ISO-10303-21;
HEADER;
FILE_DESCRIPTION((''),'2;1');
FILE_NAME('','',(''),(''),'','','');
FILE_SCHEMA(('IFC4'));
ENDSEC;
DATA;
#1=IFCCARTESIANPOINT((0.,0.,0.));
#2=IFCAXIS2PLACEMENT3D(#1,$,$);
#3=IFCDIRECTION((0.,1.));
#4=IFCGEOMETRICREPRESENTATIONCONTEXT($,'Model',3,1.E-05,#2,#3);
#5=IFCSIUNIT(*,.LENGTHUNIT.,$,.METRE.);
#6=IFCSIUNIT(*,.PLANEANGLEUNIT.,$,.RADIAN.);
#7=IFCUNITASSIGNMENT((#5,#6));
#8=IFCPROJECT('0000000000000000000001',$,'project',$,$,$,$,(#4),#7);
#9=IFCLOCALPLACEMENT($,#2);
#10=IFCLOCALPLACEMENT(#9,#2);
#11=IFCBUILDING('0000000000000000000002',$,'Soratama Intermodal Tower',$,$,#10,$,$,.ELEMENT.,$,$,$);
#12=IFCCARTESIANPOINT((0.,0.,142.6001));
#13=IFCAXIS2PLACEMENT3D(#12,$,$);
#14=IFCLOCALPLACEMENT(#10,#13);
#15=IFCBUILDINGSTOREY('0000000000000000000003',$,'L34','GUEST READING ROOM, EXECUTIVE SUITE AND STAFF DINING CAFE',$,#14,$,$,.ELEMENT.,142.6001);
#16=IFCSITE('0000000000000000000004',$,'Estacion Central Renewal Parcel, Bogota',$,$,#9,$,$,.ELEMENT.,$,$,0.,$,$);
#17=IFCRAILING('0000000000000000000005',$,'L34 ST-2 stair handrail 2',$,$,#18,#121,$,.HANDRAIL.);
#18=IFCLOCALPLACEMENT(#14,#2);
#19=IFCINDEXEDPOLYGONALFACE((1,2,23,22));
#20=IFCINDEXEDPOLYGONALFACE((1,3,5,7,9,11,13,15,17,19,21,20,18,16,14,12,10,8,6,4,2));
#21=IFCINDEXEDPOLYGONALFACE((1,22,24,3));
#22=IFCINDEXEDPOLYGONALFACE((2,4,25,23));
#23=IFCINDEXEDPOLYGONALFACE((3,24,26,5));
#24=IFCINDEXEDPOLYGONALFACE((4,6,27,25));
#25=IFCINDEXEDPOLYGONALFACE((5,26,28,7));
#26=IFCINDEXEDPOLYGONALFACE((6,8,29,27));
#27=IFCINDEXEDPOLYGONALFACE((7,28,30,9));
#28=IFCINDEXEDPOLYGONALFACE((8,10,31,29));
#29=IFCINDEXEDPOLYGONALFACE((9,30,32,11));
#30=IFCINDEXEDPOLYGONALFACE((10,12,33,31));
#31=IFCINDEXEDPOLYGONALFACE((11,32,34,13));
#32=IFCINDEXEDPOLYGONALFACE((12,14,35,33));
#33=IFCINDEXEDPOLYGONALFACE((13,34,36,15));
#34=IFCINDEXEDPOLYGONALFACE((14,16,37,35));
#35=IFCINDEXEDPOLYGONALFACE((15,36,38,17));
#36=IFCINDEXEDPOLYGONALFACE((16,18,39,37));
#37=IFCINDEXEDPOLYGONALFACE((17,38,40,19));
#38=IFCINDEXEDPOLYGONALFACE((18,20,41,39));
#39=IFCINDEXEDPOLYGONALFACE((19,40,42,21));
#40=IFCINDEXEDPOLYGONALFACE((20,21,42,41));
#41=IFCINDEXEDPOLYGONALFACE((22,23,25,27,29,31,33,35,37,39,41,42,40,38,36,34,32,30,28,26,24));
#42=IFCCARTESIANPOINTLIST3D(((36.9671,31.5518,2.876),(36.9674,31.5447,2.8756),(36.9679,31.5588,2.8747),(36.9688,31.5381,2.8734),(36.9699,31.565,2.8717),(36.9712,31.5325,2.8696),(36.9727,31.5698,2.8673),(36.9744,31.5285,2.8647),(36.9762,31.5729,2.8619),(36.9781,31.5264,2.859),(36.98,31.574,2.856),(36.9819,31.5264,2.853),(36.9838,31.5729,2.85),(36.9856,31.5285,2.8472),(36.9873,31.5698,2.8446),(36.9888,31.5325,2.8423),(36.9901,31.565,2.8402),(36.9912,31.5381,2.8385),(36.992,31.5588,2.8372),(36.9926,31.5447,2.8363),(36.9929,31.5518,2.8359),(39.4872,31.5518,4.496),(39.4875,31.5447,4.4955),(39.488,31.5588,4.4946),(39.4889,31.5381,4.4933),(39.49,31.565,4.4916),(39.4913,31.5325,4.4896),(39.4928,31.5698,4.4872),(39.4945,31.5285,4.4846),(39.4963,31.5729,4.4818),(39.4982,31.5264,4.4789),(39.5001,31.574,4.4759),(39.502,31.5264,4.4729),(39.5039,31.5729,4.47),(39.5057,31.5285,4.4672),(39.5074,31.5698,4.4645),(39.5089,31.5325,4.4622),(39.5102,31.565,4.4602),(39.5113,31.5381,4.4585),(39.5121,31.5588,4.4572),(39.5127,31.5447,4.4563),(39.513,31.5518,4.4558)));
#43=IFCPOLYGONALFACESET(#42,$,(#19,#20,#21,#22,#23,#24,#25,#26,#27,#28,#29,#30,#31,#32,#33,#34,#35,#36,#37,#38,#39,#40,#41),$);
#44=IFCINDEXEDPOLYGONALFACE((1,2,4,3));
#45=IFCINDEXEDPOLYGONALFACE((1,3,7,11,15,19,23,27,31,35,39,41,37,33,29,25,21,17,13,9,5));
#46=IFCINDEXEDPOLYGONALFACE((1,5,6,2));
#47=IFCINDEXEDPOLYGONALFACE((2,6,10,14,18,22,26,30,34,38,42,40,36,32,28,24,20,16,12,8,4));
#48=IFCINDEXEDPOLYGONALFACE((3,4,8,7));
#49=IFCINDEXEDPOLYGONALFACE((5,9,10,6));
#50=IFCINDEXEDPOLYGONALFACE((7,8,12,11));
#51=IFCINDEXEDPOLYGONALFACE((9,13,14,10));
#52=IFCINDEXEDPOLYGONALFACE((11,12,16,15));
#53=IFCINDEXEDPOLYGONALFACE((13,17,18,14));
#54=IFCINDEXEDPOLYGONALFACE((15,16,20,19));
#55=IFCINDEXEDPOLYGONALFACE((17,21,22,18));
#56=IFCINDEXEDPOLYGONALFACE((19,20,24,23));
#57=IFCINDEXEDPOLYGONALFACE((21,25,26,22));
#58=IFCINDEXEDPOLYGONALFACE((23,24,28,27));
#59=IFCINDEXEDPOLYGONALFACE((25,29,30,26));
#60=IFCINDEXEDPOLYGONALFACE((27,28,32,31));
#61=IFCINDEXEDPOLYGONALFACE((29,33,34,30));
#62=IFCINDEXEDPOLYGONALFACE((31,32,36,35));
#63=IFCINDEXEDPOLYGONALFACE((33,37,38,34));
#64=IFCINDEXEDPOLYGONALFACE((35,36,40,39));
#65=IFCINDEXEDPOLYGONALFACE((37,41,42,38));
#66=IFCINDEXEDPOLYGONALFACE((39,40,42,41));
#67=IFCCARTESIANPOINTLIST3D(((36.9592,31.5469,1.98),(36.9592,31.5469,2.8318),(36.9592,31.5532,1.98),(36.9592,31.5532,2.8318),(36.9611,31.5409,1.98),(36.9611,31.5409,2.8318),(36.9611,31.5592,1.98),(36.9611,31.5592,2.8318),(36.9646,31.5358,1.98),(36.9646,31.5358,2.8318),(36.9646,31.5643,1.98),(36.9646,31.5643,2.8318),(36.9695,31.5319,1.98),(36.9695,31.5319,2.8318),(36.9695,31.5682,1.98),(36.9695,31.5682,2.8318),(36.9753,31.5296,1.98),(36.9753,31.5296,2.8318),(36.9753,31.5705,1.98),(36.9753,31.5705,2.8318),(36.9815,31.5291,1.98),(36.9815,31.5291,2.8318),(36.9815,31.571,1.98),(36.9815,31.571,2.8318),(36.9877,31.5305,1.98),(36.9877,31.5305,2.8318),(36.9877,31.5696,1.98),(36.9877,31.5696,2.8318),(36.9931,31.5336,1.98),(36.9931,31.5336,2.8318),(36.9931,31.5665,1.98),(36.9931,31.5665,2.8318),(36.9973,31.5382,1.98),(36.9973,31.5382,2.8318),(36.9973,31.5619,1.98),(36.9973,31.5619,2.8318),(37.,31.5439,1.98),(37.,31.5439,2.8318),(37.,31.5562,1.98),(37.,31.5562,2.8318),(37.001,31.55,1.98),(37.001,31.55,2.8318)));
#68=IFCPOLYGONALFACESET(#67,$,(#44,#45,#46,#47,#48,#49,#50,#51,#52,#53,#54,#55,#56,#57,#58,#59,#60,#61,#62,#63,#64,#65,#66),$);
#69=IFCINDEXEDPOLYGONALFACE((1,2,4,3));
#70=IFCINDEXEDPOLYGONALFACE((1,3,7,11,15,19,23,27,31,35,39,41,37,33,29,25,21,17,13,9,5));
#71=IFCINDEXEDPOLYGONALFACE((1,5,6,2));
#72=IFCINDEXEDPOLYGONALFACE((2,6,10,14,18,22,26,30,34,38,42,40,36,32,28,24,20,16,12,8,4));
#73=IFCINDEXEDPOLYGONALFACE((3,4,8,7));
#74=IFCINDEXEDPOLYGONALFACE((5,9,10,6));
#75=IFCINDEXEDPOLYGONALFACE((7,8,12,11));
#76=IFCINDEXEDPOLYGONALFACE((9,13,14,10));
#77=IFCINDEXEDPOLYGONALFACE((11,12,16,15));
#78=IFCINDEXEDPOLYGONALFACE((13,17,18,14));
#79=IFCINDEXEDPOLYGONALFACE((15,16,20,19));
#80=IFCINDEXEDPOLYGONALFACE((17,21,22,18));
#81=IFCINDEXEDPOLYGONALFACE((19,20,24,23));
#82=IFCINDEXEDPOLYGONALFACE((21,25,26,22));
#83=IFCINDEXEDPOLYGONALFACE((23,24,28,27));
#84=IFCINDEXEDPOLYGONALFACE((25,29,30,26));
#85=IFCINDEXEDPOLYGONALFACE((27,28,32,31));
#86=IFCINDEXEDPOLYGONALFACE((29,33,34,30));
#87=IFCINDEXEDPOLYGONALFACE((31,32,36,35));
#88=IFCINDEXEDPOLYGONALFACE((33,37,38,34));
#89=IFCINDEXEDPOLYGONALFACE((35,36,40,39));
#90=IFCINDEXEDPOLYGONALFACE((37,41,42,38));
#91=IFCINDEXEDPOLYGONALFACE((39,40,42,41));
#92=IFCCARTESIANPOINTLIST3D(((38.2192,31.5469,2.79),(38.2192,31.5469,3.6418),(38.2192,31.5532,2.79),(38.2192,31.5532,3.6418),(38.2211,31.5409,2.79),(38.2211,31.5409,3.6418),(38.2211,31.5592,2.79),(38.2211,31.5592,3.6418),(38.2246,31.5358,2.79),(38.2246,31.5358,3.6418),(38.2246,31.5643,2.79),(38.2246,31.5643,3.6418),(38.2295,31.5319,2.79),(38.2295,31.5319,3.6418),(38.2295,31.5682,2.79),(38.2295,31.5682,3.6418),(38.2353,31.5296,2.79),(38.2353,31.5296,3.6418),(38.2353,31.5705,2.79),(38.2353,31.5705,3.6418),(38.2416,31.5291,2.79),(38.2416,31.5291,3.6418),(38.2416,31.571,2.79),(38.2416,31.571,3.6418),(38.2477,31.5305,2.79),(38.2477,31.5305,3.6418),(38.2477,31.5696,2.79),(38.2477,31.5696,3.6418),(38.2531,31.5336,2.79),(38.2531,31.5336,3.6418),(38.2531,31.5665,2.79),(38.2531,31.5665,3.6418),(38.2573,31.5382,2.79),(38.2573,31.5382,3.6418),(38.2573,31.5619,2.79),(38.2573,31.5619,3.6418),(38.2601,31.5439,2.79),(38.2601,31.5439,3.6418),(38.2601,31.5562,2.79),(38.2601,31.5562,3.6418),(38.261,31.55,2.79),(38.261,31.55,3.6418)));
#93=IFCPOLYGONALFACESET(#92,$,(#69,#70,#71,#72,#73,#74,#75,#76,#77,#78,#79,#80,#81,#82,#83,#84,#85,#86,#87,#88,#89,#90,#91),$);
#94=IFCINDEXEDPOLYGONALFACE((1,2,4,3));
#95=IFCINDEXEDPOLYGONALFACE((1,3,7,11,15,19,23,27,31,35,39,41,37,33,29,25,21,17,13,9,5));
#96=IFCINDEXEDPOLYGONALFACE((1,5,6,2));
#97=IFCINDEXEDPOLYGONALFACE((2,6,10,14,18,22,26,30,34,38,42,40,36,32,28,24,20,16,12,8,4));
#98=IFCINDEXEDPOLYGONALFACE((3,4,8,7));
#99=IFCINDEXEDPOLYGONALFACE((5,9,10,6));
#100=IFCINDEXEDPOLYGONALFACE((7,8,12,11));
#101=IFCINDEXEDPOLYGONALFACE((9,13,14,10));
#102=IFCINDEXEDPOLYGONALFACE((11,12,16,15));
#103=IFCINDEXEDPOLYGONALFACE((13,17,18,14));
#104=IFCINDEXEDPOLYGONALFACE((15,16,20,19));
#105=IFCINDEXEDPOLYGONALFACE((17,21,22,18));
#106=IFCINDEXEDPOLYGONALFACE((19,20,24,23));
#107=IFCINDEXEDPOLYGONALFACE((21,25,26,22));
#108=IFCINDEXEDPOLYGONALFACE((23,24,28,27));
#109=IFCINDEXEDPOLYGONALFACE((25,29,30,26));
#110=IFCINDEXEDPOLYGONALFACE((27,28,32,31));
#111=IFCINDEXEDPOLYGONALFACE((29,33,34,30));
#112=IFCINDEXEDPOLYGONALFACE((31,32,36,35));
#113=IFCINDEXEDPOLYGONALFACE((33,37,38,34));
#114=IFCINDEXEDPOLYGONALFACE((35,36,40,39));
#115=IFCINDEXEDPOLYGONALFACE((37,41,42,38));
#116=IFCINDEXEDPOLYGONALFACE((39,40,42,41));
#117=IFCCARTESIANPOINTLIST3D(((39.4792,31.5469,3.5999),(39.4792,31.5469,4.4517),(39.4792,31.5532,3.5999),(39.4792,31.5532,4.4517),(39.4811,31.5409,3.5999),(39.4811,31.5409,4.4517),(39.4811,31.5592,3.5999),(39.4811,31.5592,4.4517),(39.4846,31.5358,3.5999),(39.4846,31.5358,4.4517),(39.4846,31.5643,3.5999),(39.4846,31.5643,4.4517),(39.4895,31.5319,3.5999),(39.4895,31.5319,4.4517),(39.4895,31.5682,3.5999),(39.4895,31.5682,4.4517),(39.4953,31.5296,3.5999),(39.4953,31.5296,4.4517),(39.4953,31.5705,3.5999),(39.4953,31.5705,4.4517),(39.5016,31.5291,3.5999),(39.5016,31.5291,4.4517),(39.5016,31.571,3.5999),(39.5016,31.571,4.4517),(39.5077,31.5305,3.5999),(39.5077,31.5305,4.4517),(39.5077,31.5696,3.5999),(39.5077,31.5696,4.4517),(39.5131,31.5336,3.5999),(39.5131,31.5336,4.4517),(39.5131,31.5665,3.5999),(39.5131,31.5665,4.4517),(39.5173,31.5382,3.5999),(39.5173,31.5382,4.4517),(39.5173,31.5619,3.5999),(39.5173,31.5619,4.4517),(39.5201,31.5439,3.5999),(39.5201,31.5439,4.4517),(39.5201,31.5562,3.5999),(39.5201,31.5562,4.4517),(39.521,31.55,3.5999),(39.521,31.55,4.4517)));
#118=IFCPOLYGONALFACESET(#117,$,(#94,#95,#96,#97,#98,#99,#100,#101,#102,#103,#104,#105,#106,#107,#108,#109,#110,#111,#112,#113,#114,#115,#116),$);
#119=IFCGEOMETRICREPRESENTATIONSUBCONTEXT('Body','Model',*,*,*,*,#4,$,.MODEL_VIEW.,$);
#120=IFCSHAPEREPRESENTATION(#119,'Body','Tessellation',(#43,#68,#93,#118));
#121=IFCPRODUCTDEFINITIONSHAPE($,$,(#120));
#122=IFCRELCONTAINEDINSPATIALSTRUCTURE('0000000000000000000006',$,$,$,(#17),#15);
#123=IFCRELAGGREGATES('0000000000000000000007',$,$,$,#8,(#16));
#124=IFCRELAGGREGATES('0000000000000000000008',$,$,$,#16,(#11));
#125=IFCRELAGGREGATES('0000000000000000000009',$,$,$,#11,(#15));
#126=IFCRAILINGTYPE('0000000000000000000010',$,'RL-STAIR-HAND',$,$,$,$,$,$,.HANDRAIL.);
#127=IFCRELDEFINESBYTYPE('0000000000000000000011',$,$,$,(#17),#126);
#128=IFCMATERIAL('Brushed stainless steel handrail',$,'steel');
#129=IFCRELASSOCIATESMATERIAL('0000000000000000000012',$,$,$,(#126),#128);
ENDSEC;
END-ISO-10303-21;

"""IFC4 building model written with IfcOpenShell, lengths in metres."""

from ifc_helpers import new_model, si_unit, direction, frame, origin, origin_2d, place, context, subcontext, project, spatial, circle, extrude, material, type_object, element, save


model = new_model("IFC4")

# Units and contexts
model_context = context("Model", 3, precision=1e-05, world=origin(), true_north=direction((0.0, 1.0)))
body_context = subcontext(model_context, "Body", "Model", "MODEL_VIEW")
ifc_project = project(units=[si_unit("LENGTHUNIT", "METRE"), si_unit("PLANEANGLEUNIT", "RADIAN")], contexts=[model_context])

# Site, building, storey
site_placement = place(None, origin())
site = spatial("IfcSite", under=ifc_project, at=site_placement, Name="Estacion Central Renewal Parcel, Bogota", CompositionType="ELEMENT", RefElevation=0.0)
building_placement = place(site_placement, origin())
building = spatial("IfcBuilding", under=site, at=building_placement, Name="Soratama Intermodal Tower", CompositionType="ELEMENT")
storey_placement = place(building_placement, frame((0.0, 0.0, 142.6001)))
storey = spatial("IfcBuildingStorey", under=building, at=storey_placement, Name="L34", Description="GUEST READING ROOM, EXECUTIVE SUITE AND STAFF DINING CAFE", CompositionType="ELEMENT", Elevation=142.6001)

# Railing
ifc_material_1 = material(Name="Brushed stainless steel handrail", Category="steel")
railing_type_1 = type_object("IfcRailingType", Name="RL-STAIR-HAND", PredefinedType="HANDRAIL", material=ifc_material_1)
railing_1_placement = place(storey_placement, frame((36.98, 31.55, 1.98)))
element("IfcRailing", 1, at=railing_1_placement, inside=storey, type_object=railing_type_1, Name="L34 ST-2 stair handrail 2", PredefinedType="HANDRAIL", context=body_context, shape_type="SweptSolid", body=[
    extrude(circle(Radius=0.0239, at=origin_2d()), frame((0.0, 0.0, 0.876), z_axis=(0.8412, 0.0, 0.540725), x_axis=(0.0, 1.0, 0.0)), (0.0, 0.0, 1.0), 2.9958),
    extrude(circle(Radius=0.021, at=origin_2d()), origin(), (0.0, 0.0, 1.0), 0.8518),
    extrude(circle(Radius=0.021, at=origin_2d()), frame((1.26, 0.0, 0.8101)), (0.0, 0.0, 1.0), 0.8518),
    extrude(circle(Radius=0.021, at=origin_2d()), frame((2.52, 0.0, 1.6199)), (0.0, 0.0, 1.0), 0.8518),
])

save(model, "model.ifc")
